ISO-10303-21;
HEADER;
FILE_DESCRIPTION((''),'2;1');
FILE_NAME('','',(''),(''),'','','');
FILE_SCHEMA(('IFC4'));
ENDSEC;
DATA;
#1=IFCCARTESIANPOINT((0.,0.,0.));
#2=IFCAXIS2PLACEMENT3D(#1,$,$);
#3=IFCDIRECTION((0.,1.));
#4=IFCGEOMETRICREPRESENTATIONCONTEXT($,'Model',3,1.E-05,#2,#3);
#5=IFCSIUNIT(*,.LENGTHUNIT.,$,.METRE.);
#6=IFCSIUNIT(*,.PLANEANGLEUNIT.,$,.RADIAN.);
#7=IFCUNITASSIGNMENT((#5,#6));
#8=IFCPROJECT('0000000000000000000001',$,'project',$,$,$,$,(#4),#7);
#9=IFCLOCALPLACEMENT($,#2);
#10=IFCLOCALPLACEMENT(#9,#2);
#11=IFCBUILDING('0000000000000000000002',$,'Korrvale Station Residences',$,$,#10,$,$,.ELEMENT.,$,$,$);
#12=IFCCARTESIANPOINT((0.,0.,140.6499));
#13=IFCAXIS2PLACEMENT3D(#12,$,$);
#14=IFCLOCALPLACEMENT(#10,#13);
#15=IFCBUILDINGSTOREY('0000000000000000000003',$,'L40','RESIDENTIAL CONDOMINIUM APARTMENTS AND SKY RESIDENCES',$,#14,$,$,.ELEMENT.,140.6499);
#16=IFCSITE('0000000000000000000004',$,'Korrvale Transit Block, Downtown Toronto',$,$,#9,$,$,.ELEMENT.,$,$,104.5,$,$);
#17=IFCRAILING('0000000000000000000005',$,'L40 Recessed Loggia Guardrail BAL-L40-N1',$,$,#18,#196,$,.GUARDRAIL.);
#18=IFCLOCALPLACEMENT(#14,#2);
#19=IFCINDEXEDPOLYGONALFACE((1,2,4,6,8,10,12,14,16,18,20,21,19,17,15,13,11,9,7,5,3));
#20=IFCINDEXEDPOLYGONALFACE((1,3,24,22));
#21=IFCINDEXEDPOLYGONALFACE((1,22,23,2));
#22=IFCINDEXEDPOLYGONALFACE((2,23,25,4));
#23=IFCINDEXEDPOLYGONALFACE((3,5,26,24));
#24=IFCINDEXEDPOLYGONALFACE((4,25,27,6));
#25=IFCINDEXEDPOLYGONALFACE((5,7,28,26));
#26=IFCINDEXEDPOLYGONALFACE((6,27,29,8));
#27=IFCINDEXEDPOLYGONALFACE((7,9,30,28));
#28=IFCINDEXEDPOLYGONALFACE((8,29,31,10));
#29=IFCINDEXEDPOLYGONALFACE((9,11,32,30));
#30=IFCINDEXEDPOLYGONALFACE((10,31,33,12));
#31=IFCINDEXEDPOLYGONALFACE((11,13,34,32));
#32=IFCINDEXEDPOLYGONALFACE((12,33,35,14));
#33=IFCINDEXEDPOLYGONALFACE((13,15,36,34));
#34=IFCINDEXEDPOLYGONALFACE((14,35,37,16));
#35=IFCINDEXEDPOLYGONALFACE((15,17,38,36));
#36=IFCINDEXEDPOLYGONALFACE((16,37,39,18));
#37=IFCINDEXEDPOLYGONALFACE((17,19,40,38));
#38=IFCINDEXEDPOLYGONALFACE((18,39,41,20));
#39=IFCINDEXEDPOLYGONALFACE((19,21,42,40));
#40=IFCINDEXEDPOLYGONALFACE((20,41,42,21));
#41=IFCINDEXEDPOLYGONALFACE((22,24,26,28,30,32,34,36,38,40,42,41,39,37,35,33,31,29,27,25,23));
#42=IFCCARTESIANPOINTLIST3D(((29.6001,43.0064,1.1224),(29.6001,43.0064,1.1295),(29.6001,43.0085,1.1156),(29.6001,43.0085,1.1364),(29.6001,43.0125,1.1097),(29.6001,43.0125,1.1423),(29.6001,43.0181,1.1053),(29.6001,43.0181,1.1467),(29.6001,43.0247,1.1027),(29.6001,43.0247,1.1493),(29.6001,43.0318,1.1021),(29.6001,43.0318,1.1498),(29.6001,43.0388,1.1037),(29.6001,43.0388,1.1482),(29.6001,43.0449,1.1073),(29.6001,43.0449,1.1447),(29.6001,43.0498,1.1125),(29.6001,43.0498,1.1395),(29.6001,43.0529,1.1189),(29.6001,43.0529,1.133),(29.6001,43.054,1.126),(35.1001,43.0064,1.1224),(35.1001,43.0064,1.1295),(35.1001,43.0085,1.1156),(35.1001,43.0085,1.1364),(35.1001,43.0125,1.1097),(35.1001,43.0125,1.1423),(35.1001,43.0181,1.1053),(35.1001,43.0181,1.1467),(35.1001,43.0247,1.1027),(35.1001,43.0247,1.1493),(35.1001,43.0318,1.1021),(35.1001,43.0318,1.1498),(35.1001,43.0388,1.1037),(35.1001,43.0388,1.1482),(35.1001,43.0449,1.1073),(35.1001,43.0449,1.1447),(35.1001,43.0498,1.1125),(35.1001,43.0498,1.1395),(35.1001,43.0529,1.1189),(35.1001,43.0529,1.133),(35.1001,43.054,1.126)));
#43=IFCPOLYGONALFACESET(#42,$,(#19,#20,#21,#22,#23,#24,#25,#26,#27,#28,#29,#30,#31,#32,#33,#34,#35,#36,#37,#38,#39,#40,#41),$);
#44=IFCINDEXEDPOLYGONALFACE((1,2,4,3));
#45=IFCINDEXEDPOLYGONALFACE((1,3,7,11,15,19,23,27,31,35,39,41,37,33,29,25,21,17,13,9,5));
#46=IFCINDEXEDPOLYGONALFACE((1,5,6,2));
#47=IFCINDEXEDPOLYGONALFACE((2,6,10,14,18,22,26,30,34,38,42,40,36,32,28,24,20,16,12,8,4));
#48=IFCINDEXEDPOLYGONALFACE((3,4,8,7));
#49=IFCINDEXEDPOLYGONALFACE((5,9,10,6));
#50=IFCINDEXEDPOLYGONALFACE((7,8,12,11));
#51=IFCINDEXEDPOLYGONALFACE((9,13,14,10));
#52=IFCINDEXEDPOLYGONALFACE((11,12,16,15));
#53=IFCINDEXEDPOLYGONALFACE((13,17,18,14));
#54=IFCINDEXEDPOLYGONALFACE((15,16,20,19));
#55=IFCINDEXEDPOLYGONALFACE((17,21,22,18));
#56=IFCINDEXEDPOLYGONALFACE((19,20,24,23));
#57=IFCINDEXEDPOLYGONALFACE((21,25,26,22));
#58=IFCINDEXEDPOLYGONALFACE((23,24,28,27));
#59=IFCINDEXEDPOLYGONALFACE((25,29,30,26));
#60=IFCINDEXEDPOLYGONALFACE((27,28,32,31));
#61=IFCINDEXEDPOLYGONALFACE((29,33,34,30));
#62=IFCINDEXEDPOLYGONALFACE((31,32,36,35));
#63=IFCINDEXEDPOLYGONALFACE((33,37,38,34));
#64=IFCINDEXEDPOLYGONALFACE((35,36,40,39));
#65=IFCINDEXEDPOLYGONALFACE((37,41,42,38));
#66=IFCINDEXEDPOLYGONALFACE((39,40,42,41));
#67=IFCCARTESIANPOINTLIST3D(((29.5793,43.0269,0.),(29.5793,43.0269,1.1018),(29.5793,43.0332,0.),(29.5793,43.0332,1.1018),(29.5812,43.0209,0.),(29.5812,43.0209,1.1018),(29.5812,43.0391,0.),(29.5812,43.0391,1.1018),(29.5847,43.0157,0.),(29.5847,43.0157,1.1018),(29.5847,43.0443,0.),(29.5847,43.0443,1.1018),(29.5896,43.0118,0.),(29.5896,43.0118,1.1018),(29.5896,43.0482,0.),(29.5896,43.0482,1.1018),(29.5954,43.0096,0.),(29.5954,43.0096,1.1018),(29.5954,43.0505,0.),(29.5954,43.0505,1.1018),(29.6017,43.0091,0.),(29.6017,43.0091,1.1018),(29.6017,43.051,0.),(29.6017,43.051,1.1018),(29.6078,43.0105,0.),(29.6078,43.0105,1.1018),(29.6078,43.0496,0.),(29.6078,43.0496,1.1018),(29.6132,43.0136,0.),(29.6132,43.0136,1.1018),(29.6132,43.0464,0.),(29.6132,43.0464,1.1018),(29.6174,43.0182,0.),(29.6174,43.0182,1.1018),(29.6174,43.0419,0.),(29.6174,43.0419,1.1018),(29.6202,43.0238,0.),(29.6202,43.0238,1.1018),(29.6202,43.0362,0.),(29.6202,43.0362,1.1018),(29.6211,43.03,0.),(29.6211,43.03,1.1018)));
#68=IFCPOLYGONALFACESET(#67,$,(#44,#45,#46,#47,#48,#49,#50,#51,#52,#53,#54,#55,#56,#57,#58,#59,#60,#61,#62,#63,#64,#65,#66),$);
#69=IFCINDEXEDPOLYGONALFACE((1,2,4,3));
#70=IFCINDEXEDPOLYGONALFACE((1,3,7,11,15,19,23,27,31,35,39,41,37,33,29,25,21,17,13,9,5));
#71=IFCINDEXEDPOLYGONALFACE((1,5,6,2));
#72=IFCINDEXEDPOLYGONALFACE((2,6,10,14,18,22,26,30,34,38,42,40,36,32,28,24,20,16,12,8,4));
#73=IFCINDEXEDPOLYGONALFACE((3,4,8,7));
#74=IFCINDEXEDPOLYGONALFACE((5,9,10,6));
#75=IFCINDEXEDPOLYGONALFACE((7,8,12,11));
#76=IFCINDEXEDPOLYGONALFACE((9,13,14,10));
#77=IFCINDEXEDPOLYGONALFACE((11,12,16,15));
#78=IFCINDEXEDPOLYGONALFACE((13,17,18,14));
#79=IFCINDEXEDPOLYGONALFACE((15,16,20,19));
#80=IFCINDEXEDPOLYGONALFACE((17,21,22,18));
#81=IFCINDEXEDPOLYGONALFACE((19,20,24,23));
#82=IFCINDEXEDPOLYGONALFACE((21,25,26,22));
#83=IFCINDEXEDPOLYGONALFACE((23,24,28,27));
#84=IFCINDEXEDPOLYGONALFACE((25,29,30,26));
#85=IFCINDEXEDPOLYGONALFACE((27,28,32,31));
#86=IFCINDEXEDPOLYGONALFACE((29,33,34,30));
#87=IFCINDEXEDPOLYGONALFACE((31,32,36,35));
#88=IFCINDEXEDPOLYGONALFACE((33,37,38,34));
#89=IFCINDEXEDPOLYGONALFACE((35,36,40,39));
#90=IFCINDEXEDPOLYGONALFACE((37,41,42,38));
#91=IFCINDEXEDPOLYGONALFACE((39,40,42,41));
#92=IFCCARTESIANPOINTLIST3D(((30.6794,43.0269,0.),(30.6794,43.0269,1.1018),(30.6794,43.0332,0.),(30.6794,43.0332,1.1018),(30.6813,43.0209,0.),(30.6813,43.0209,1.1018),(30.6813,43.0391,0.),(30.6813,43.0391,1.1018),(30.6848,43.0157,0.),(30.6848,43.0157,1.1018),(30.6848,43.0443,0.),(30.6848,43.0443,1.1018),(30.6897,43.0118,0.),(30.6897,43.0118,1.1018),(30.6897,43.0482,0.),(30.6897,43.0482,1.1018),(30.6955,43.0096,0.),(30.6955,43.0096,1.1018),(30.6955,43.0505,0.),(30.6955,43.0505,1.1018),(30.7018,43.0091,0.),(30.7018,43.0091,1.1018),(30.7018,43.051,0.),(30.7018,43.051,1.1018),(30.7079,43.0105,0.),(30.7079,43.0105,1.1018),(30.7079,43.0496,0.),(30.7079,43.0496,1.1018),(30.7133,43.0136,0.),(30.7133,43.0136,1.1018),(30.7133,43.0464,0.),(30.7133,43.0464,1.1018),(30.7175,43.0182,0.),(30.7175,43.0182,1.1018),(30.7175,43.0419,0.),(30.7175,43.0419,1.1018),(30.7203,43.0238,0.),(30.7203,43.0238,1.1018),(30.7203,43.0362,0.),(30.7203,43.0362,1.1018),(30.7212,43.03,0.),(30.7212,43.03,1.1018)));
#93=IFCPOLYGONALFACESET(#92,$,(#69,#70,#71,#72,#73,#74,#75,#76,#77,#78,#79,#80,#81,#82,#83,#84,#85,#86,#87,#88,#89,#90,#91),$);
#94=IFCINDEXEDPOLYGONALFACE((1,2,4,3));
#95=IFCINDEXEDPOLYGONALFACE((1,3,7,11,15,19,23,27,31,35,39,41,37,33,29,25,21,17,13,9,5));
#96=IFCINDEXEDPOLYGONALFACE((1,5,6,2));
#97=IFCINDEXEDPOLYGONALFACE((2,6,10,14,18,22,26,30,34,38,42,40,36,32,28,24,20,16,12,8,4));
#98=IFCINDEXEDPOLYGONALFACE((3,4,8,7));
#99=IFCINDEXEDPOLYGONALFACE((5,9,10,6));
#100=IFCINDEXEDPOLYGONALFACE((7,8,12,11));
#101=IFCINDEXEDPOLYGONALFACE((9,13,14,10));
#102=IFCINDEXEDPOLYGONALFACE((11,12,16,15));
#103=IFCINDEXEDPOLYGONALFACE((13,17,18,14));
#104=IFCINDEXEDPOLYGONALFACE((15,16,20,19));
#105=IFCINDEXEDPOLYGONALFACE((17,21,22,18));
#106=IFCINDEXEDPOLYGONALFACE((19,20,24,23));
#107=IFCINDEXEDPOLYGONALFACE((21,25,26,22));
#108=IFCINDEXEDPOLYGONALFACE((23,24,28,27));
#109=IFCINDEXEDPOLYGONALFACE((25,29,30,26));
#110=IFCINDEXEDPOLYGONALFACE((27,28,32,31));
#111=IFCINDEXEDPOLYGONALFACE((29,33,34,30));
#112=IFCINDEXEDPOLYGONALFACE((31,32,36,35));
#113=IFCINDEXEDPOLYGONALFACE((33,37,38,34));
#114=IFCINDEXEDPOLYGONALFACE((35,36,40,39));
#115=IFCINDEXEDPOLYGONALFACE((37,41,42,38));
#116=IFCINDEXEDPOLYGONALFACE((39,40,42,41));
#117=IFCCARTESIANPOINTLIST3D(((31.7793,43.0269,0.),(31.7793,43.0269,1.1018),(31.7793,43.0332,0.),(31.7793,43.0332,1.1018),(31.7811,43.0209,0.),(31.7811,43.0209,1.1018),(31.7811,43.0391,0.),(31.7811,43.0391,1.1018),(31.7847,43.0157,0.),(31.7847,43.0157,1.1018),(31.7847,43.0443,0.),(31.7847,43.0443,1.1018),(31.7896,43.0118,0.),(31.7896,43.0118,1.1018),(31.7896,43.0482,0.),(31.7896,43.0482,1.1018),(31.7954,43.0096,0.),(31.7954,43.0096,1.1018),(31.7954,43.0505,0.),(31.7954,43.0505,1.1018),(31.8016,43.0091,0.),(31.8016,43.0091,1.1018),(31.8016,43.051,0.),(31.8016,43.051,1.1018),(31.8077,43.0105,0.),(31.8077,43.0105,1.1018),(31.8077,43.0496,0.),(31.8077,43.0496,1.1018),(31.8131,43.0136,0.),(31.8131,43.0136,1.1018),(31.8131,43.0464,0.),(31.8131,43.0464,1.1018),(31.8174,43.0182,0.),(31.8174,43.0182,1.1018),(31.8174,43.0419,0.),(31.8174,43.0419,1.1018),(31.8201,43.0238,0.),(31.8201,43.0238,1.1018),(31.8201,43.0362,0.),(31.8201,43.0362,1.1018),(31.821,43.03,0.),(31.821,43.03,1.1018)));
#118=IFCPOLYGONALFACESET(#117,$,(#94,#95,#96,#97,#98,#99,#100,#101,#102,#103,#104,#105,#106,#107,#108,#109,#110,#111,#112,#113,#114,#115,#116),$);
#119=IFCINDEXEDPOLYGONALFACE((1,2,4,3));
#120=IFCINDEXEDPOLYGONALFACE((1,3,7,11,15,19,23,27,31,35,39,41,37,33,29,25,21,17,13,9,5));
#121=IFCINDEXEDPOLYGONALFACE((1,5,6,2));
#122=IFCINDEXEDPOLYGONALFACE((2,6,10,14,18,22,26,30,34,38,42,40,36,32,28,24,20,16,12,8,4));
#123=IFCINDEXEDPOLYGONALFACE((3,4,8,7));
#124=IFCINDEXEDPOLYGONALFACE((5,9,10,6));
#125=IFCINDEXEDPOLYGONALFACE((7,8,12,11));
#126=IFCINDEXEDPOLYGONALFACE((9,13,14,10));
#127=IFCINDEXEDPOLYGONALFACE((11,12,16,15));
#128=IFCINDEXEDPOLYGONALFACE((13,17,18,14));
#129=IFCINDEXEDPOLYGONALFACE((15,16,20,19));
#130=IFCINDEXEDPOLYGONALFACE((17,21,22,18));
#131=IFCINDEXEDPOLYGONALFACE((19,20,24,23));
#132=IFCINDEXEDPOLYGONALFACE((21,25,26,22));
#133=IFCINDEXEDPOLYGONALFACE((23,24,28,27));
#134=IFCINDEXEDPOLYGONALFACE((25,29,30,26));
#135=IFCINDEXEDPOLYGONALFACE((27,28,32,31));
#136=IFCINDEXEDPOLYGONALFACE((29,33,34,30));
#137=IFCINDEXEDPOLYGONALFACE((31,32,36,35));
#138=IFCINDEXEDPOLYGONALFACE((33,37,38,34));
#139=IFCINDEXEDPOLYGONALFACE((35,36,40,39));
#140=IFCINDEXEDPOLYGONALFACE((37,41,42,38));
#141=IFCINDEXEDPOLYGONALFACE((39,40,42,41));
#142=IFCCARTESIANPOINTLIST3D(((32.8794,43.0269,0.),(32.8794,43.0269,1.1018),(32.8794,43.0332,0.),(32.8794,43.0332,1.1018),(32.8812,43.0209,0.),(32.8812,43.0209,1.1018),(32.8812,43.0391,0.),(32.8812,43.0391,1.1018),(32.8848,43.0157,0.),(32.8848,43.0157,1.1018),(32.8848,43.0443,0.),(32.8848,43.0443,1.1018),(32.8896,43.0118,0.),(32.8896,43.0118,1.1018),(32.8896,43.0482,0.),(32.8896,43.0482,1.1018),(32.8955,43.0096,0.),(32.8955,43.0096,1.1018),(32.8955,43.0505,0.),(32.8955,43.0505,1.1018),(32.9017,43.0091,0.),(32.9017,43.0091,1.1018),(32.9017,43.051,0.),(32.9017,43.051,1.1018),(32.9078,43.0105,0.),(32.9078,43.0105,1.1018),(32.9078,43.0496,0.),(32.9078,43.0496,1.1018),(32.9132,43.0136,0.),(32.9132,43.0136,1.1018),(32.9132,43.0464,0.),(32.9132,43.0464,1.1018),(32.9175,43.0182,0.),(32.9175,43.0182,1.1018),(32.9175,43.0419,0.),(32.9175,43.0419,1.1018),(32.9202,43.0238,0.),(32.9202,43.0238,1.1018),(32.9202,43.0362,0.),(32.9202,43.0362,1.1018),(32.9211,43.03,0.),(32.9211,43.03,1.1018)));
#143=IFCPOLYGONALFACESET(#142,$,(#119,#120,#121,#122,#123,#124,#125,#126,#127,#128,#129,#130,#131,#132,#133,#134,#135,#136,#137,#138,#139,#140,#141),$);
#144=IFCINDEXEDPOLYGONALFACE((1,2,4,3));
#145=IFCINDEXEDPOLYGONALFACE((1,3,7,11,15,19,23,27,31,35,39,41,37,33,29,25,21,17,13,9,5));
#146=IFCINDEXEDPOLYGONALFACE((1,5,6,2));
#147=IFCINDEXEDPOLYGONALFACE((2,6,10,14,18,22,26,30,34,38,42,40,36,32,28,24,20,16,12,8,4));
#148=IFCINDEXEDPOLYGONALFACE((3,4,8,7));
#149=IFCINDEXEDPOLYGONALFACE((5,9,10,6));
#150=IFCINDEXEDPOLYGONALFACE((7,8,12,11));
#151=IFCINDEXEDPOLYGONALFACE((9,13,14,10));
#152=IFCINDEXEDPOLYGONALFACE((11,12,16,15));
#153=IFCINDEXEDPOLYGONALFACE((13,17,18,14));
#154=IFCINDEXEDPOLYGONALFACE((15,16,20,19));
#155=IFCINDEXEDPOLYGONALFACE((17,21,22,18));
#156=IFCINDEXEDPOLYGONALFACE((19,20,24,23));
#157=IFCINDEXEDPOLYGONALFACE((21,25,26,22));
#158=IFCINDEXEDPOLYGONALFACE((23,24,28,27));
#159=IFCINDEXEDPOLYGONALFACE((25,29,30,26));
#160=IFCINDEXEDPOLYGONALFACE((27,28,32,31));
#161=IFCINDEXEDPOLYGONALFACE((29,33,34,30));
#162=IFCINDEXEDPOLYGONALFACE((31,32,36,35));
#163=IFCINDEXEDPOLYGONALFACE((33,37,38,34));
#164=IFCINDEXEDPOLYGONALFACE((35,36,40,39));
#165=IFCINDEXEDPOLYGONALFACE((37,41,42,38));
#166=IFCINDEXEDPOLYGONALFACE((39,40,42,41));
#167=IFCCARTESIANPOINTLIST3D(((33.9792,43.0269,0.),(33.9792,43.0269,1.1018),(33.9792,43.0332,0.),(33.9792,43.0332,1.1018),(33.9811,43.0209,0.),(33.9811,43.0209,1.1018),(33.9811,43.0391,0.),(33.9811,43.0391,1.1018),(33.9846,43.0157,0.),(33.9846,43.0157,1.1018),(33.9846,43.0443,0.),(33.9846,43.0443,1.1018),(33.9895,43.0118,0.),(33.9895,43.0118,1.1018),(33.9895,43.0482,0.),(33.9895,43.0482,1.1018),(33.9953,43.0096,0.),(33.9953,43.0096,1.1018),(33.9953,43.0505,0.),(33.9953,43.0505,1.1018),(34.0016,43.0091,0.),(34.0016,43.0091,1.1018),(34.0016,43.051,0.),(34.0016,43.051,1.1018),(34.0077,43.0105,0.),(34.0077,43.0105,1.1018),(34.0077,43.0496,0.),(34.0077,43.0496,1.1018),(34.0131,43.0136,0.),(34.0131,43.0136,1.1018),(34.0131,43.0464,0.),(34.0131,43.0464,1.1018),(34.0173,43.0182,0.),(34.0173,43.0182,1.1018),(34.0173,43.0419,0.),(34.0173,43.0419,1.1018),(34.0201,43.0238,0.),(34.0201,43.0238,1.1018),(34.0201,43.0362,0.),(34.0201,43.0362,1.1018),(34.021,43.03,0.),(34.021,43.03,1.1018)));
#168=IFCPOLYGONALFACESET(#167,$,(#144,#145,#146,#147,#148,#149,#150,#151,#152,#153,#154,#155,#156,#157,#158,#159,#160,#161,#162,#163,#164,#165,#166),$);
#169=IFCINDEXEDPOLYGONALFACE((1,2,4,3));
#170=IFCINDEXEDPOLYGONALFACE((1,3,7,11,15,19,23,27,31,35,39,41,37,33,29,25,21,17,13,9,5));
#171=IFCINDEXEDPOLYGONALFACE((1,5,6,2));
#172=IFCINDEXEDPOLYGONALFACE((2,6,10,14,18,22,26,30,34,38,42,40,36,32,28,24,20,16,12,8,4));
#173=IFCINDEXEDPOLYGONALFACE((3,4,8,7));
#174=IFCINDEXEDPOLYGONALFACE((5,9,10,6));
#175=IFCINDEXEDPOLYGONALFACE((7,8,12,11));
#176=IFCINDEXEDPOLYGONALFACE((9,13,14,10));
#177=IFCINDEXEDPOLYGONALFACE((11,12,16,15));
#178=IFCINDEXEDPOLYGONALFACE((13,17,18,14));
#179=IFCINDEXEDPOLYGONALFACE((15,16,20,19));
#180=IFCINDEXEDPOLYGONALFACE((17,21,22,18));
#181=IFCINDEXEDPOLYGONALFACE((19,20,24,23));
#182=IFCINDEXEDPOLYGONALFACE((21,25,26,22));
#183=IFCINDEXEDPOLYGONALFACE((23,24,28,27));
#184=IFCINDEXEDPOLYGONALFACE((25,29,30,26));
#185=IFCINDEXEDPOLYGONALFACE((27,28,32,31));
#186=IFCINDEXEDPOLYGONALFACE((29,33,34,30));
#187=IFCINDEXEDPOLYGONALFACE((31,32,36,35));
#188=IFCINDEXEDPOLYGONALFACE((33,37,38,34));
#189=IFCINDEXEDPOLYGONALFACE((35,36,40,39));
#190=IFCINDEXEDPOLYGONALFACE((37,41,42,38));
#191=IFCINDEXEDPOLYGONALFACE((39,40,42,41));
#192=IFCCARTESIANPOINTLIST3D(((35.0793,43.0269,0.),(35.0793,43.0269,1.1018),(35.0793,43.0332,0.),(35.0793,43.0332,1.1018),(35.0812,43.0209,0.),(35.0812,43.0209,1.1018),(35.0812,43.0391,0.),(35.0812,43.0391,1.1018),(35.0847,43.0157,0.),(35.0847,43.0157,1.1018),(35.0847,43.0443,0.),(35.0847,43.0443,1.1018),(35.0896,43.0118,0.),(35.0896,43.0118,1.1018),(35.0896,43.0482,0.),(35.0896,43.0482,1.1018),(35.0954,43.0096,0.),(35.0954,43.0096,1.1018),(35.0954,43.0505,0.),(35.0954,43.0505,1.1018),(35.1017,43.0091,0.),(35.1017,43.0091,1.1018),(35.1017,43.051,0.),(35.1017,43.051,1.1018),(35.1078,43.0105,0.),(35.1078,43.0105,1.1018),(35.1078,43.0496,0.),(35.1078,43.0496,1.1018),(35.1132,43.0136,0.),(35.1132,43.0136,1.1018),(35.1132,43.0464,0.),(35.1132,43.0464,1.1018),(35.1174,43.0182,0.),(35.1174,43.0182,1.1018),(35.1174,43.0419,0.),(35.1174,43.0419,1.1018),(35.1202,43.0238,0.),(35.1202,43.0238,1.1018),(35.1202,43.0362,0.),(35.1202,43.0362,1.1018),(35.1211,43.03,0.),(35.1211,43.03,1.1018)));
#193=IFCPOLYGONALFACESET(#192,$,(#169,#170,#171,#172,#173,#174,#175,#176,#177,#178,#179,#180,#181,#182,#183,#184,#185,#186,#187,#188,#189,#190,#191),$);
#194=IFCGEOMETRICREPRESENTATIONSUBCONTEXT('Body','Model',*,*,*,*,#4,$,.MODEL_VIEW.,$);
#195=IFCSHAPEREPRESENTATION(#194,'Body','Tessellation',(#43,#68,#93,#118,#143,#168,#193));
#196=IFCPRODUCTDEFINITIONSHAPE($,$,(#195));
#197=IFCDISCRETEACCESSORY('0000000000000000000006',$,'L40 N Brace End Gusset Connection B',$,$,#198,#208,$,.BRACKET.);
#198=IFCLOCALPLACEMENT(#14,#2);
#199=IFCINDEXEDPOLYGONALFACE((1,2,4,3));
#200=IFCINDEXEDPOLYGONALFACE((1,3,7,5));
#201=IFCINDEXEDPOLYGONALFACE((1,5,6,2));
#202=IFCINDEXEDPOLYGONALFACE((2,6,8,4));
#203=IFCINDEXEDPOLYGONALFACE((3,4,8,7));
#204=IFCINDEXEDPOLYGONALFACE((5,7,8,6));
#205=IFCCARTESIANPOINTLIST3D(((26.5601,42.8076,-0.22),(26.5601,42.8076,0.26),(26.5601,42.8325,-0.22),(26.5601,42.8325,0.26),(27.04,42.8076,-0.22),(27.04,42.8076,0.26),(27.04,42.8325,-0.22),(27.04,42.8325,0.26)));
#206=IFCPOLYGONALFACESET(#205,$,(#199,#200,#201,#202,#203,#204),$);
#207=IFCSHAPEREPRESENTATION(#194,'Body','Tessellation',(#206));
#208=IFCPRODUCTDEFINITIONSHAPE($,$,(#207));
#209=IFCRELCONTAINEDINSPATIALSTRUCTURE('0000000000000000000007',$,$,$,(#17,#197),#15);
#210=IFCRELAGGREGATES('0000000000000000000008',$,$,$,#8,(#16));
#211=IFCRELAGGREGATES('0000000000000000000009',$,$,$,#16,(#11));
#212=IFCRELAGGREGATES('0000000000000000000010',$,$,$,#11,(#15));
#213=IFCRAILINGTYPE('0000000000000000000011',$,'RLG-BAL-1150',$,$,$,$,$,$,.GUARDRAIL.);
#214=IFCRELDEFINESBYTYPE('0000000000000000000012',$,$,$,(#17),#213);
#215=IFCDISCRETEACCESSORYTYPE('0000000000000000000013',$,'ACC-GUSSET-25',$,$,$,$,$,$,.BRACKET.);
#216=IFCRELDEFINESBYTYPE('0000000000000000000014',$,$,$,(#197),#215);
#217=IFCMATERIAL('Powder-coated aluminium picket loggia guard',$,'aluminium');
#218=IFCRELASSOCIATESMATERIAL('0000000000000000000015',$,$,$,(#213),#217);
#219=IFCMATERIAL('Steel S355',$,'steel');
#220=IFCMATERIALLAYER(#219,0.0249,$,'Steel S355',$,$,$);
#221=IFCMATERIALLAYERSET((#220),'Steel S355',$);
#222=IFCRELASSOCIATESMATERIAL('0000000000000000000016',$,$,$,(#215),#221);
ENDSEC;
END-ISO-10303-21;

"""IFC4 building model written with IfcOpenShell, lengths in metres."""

from ifc_helpers import new_model, si_unit, direction, frame, origin, origin_2d, place, context, subcontext, project, spatial, rectangle, circle, extrude, material, layer, layer_set, type_object, element, save


model = new_model("IFC4")

# Units and contexts
model_context = context("Model", 3, precision=1e-05, world=origin(), true_north=direction((0.0, 1.0)))
body_context = subcontext(model_context, "Body", "Model", "MODEL_VIEW")
ifc_project = project(units=[si_unit("LENGTHUNIT", "METRE"), si_unit("PLANEANGLEUNIT", "RADIAN")], contexts=[model_context])

# Site, building, storey
site_placement = place(None, origin())
site = spatial("IfcSite", under=ifc_project, at=site_placement, Name="Korrvale Transit Block, Downtown Toronto", CompositionType="ELEMENT", RefElevation=104.5)
building_placement = place(site_placement, origin())
building = spatial("IfcBuilding", under=site, at=building_placement, Name="Korrvale Station Residences", CompositionType="ELEMENT")
storey_placement = place(building_placement, frame((0.0, 0.0, 140.6499)))
storey = spatial("IfcBuildingStorey", under=building, at=storey_placement, Name="L40", Description="RESIDENTIAL CONDOMINIUM APARTMENTS AND SKY RESIDENCES", CompositionType="ELEMENT", Elevation=140.6499)

# Shared definitions
ifc_material_1 = material(Name="Steel S355", Category="steel")

# Railing
ifc_material_2 = material(Name="Powder-coated aluminium picket loggia guard", Category="aluminium")
railing_type = type_object("IfcRailingType", Name="RLG-BAL-1150", PredefinedType="GUARDRAIL", material=ifc_material_2)
railing_placement = place(storey_placement, frame((29.6001, 43.03, 0.0)))
element("IfcRailing", 1, at=railing_placement, inside=storey, type_object=railing_type, Name="L40 Recessed Loggia Guardrail BAL-L40-N1", PredefinedType="GUARDRAIL", context=body_context, shape_type="SweptSolid", body=[
    extrude(circle(Radius=0.0239, at=origin_2d()), frame((0.0, 0.0, 1.126), z_axis=(1.0, 0.0, 0.0), x_axis=(0.0, 1.0, 0.0)), (0.0, 0.0, 1.0), 5.5),
    extrude(circle(Radius=0.021, at=origin_2d()), origin(), (0.0, 0.0, 1.0), 1.1018),
    extrude(circle(Radius=0.021, at=origin_2d()), frame((1.1001, 0.0, 0.0)), (0.0, 0.0, 1.0), 1.1018),
    extrude(circle(Radius=0.021, at=origin_2d()), frame((2.2, 0.0, 0.0)), (0.0, 0.0, 1.0), 1.1018),
    extrude(circle(Radius=0.021, at=origin_2d()), frame((3.3, 0.0, 0.0)), (0.0, 0.0, 1.0), 1.1018),
    extrude(circle(Radius=0.021, at=origin_2d()), frame((4.3999, 0.0, 0.0)), (0.0, 0.0, 1.0), 1.1018),
    extrude(circle(Radius=0.021, at=origin_2d()), frame((5.5, 0.0, 0.0)), (0.0, 0.0, 1.0), 1.1018),
])

# Discrete accessory
ifc_layer_1 = layer(ifc_material_1, 0.0249, Name="Steel S355")
ifc_layer_set_1 = layer_set([ifc_layer_1], Name="Steel S355")
discrete_accessory_type = type_object("IfcDiscreteAccessoryType", Name="ACC-GUSSET-25", PredefinedType="BRACKET", material=ifc_layer_set_1)
for number, where, z_axis, x_axis, name in (
    (2, (26.8, 42.8201, -0.22), (0.0, 0.0, 1.0), (1.0, 0.0, 0.0), "L40 N Brace End Gusset Connection B"),
):
    element("IfcDiscreteAccessory", number, at=place(storey_placement, frame(where, z_axis=z_axis, x_axis=x_axis)), inside=storey, type_object=discrete_accessory_type, Name=name, PredefinedType="BRACKET", context=body_context, shape_type="SweptSolid", body=[
        extrude(rectangle(XDim=0.48, YDim=0.0249, at=origin_2d()), origin(), (0.0, 0.0, 1.0), 0.48),
    ])

save(model, "model.ifc")
